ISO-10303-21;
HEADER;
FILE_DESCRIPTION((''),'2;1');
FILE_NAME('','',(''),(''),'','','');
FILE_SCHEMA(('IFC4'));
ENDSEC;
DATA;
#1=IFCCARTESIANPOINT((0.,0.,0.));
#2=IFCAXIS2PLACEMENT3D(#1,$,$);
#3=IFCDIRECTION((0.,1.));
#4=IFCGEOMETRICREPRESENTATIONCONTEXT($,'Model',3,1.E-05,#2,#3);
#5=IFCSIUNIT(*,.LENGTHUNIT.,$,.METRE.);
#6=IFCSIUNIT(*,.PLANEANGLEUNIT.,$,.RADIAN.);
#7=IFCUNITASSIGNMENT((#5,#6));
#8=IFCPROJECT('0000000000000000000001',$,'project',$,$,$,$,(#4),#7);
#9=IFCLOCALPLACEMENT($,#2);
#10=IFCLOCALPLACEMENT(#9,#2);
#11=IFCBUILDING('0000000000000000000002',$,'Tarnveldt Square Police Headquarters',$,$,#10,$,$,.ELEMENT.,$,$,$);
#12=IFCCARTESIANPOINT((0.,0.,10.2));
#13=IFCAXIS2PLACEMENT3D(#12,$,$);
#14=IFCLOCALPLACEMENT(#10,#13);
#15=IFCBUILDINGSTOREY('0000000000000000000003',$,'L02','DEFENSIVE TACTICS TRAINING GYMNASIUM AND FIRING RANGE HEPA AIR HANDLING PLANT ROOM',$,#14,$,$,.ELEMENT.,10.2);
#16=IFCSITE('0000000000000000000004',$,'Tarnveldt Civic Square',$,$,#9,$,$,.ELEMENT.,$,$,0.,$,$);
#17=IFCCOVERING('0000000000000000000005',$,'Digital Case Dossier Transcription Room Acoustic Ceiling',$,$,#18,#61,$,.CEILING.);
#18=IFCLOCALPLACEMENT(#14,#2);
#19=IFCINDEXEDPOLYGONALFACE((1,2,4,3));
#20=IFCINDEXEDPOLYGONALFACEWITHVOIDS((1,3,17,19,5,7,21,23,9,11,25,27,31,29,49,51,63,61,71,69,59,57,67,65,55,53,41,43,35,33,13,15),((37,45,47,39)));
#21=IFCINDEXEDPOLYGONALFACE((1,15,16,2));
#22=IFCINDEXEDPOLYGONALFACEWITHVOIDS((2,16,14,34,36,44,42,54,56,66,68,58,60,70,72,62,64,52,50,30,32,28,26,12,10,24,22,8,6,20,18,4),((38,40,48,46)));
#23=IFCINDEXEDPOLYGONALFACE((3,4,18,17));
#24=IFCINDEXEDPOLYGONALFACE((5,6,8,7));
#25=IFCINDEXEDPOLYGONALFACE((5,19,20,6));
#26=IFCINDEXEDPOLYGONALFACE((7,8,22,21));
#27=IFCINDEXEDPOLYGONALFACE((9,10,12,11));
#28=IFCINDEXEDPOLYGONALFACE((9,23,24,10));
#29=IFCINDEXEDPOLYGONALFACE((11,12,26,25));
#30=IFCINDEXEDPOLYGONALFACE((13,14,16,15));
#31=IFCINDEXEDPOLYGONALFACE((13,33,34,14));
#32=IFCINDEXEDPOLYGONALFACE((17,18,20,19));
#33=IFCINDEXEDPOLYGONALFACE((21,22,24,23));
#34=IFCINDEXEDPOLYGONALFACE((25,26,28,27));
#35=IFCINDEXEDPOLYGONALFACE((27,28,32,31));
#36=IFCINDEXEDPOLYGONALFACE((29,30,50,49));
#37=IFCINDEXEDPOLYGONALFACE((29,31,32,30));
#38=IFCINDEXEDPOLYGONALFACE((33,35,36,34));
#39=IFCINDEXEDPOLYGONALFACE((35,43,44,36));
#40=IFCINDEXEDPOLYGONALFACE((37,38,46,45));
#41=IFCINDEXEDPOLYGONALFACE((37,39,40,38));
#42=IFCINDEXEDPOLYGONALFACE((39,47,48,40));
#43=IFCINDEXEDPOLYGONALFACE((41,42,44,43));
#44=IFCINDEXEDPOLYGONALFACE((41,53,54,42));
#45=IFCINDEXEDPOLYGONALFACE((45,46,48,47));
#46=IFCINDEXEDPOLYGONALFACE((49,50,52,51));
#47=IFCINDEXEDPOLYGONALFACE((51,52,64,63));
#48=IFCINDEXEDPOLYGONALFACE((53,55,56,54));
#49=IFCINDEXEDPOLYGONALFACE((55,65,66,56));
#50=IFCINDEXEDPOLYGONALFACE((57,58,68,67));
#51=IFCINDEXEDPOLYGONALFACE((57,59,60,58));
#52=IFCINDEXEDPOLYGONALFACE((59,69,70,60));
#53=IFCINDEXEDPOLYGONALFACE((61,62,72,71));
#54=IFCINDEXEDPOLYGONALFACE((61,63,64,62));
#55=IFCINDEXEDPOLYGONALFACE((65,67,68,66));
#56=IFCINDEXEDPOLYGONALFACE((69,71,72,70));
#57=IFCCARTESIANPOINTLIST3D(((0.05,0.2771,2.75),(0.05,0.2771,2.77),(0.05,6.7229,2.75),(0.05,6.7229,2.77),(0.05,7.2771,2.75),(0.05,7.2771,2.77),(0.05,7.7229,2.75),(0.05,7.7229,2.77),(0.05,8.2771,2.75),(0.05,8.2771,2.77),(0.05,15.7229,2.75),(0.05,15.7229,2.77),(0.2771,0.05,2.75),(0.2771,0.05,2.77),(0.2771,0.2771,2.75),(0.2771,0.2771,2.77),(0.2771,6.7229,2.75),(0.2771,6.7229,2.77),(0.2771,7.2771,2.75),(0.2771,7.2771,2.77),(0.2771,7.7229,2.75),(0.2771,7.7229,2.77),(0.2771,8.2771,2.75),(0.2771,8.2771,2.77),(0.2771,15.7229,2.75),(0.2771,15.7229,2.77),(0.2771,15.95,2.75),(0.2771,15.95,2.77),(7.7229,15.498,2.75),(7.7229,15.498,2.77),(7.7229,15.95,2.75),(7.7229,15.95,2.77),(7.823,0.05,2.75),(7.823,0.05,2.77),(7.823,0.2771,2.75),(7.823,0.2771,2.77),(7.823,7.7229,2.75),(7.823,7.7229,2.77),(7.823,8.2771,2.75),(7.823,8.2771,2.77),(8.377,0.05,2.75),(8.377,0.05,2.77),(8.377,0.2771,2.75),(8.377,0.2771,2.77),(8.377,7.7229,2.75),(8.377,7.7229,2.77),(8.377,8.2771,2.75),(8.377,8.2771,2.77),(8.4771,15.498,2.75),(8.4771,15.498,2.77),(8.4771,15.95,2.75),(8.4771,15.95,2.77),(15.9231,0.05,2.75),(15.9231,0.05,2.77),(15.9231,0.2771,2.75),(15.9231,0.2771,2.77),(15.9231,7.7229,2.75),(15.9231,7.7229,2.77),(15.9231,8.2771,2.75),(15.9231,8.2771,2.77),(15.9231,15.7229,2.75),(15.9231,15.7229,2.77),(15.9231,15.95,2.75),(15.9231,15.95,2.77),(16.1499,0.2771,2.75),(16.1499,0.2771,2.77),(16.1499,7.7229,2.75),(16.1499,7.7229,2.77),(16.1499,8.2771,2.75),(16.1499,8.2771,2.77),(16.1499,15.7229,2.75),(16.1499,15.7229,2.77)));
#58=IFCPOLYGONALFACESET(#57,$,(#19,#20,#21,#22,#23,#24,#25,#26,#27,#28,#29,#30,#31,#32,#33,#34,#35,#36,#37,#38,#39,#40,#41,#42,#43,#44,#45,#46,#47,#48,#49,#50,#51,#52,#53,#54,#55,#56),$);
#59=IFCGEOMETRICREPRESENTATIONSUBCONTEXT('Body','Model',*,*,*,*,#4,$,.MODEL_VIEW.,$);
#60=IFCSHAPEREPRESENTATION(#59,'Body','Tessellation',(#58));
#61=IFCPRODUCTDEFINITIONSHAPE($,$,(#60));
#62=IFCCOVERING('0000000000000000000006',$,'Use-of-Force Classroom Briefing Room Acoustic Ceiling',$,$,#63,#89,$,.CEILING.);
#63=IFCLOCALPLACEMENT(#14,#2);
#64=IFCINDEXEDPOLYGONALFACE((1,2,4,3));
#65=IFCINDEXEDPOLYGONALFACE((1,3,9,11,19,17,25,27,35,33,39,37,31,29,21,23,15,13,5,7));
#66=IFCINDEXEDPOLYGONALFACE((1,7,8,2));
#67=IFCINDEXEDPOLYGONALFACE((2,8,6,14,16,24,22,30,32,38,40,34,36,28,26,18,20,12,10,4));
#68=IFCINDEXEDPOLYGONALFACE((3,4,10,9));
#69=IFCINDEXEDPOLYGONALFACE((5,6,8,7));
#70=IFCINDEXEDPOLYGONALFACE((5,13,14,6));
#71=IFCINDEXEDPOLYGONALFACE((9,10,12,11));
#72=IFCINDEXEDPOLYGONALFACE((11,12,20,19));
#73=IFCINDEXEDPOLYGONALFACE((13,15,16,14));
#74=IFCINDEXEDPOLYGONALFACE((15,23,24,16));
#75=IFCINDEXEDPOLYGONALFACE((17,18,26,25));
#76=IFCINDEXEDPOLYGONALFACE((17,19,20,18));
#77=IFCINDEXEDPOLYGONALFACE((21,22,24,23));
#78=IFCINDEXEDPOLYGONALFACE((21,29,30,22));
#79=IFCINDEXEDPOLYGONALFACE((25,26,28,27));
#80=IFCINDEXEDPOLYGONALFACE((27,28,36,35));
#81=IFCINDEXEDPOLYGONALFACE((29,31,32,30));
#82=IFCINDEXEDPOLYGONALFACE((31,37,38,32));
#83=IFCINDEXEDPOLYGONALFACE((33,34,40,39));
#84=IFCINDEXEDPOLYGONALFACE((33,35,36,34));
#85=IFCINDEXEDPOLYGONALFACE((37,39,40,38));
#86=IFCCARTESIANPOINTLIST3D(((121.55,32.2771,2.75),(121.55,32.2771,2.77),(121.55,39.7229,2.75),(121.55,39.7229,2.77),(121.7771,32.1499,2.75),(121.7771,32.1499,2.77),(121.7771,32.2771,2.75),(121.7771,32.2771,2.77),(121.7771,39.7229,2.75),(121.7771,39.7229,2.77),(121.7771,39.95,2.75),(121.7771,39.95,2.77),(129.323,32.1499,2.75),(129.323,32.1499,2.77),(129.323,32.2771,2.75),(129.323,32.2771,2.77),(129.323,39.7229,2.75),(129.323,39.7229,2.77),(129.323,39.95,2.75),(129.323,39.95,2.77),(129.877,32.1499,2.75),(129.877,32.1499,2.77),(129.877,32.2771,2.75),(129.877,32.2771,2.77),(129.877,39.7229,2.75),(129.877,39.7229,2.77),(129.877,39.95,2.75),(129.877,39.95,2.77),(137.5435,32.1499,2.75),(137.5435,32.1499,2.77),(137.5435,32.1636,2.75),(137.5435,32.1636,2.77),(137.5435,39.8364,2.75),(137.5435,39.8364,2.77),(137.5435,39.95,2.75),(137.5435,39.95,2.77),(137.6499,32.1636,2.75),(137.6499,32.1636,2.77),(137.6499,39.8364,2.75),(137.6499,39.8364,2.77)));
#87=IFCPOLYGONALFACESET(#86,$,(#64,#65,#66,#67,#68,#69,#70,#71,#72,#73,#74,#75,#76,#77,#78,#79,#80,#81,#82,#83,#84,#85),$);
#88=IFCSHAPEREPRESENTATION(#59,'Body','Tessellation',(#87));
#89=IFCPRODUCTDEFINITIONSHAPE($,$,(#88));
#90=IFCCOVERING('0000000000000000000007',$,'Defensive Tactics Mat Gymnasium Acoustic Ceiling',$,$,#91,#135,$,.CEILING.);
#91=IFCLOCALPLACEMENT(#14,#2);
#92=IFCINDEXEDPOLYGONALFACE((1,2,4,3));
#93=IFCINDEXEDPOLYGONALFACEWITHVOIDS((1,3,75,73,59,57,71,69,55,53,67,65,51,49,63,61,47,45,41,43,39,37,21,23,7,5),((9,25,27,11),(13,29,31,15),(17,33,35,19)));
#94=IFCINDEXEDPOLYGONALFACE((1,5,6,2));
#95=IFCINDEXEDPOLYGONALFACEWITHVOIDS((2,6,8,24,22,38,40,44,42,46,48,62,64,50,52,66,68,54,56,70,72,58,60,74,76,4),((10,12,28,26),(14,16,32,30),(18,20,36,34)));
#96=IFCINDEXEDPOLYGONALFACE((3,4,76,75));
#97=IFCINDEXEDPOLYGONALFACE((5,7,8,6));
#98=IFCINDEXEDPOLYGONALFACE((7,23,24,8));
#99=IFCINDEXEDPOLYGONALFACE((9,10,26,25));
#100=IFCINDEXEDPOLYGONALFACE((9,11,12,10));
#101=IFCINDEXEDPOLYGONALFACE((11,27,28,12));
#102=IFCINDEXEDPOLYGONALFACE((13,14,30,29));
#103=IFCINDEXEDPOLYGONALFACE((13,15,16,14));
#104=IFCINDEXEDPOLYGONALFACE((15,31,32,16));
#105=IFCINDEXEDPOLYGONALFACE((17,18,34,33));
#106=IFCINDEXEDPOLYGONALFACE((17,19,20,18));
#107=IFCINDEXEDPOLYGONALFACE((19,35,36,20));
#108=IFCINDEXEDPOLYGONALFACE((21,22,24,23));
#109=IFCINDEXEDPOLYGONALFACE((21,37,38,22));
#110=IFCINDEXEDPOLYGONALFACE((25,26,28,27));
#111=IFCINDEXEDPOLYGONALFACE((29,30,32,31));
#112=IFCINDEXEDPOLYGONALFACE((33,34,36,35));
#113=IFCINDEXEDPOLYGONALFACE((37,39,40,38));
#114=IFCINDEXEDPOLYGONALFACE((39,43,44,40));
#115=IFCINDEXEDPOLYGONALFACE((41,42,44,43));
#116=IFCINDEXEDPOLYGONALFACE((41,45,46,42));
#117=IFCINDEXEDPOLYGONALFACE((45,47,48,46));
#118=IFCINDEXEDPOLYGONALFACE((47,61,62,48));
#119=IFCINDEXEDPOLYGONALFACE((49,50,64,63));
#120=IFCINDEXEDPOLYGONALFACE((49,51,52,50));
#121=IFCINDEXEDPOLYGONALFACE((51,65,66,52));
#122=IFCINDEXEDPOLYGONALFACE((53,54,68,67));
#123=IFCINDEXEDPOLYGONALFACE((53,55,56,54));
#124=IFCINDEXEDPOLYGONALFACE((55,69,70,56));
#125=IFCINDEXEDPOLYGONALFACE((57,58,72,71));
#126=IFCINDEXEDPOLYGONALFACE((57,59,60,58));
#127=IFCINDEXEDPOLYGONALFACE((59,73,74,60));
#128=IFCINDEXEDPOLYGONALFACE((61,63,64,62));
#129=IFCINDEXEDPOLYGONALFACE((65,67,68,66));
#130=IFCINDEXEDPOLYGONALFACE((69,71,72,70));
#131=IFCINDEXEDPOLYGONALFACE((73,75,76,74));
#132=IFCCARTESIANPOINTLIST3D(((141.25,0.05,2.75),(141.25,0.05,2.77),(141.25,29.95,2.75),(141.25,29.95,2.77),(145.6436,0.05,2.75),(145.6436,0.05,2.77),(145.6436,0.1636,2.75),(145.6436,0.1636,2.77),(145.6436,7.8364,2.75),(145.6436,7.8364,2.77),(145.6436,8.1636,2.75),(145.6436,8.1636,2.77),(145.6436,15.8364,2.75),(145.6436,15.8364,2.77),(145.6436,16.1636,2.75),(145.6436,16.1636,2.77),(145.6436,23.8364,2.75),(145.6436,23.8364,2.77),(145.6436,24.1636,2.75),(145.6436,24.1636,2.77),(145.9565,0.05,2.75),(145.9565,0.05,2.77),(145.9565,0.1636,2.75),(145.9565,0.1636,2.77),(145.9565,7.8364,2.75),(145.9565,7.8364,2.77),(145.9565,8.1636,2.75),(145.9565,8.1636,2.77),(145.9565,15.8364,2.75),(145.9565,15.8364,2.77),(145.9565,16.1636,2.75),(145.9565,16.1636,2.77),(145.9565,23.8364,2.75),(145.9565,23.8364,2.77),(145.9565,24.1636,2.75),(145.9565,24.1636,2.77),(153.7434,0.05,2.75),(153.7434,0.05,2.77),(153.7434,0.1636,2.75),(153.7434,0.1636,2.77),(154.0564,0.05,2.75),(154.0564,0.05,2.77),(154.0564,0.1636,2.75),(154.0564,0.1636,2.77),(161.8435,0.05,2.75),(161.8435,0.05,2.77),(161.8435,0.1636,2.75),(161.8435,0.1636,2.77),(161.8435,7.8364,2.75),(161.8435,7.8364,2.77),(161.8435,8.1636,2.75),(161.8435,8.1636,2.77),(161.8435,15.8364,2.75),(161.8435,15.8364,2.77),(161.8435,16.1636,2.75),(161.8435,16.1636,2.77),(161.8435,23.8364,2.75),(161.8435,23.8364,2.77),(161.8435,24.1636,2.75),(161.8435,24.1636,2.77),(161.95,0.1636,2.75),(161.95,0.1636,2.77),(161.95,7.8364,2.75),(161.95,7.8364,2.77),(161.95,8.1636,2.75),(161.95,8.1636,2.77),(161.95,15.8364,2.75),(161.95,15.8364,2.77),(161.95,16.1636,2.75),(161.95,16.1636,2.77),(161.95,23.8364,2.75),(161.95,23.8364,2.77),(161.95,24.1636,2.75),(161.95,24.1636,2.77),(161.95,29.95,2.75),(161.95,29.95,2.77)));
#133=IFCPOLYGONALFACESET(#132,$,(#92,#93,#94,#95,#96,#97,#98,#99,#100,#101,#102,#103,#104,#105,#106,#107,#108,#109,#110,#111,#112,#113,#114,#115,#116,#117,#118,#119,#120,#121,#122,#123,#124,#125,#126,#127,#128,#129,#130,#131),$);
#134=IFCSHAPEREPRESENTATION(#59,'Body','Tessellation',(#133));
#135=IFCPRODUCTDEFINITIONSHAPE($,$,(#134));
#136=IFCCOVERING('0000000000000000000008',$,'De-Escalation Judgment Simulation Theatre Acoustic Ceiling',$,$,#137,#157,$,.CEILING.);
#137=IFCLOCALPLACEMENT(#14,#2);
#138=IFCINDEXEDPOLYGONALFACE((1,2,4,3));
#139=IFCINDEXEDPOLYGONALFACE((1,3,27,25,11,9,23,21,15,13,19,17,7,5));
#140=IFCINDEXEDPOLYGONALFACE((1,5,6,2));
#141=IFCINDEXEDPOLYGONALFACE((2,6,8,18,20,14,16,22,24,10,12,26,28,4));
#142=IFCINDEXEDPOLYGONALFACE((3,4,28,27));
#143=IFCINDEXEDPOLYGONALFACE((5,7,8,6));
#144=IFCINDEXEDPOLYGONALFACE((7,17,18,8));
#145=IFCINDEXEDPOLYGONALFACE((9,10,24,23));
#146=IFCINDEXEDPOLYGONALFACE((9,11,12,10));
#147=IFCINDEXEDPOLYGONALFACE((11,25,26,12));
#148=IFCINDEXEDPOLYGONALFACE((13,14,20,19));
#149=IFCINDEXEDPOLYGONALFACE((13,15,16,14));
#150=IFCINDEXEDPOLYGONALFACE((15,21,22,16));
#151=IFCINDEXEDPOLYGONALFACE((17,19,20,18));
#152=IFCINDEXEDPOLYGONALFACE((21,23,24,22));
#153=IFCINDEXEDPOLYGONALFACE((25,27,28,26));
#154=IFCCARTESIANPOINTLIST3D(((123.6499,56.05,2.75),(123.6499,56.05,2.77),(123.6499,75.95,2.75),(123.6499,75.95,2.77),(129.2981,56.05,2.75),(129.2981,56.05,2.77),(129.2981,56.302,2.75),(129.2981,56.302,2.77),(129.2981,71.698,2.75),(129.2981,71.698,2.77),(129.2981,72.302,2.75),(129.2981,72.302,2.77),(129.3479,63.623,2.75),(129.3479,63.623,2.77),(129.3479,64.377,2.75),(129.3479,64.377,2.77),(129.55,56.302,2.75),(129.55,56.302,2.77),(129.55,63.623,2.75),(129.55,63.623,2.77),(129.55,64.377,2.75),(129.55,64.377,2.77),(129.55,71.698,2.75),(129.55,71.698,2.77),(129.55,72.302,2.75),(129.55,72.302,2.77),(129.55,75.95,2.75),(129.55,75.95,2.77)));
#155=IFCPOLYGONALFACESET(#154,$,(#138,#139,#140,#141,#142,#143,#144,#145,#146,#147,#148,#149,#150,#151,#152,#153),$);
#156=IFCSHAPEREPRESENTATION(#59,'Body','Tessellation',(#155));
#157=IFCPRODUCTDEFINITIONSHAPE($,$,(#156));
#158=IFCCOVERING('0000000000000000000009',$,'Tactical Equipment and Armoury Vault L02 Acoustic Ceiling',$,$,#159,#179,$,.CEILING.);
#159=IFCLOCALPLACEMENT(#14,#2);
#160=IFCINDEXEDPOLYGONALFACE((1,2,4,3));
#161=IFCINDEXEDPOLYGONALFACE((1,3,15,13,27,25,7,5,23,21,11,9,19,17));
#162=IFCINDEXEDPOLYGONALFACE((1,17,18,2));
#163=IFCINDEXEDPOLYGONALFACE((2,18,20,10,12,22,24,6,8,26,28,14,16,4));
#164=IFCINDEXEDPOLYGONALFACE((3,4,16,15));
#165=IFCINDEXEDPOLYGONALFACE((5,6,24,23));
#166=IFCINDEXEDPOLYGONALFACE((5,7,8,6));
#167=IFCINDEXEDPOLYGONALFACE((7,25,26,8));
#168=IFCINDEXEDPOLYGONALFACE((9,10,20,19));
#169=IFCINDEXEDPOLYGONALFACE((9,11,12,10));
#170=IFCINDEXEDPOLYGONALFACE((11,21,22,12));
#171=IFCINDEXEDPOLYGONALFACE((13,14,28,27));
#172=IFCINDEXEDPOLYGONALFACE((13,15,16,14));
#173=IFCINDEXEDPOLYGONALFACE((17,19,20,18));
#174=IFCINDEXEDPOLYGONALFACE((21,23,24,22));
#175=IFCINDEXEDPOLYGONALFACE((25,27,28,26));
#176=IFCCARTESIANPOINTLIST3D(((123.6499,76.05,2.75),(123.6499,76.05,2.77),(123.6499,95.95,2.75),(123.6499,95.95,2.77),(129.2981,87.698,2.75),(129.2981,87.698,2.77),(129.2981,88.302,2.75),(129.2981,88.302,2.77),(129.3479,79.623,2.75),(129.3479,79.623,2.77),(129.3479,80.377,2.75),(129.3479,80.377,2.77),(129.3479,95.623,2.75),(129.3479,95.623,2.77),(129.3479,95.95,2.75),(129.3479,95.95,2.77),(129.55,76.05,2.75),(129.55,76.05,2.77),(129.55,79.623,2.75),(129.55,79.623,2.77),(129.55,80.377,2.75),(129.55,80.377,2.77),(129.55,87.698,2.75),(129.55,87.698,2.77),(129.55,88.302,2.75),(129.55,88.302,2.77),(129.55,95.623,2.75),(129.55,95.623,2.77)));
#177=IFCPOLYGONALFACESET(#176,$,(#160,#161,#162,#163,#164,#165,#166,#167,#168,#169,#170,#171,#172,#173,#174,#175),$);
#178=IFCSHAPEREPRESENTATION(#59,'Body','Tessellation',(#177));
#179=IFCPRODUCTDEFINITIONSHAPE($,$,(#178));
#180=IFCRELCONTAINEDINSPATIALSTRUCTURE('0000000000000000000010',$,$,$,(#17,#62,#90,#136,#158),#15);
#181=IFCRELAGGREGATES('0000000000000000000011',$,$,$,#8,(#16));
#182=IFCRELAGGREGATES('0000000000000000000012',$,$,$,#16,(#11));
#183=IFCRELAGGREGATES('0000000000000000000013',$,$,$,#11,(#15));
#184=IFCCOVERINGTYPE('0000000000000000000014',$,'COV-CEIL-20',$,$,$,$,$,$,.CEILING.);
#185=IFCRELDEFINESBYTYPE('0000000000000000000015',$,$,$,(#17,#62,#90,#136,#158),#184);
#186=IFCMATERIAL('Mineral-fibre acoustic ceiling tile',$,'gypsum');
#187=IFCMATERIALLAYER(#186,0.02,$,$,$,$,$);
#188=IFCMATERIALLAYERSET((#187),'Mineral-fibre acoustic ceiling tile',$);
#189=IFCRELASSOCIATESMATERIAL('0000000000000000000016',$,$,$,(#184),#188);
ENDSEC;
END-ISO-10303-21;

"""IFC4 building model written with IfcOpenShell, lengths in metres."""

from ifc_helpers import new_model, si_unit, direction, frame, origin, place, context, subcontext, project, spatial, polyline, outline, extrude, material, layer, layer_set, type_object, element, save


model = new_model("IFC4")

# Units and contexts
model_context = context("Model", 3, precision=1e-05, world=origin(), true_north=direction((0.0, 1.0)))
body_context = subcontext(model_context, "Body", "Model", "MODEL_VIEW")
ifc_project = project(units=[si_unit("LENGTHUNIT", "METRE"), si_unit("PLANEANGLEUNIT", "RADIAN")], contexts=[model_context])

# Site, building, storey
site_placement = place(None, origin())
site = spatial("IfcSite", under=ifc_project, at=site_placement, Name="Tarnveldt Civic Square", CompositionType="ELEMENT", RefElevation=0.0)
building_placement = place(site_placement, origin())
building = spatial("IfcBuilding", under=site, at=building_placement, Name="Tarnveldt Square Police Headquarters", CompositionType="ELEMENT")
storey_placement = place(building_placement, frame((0.0, 0.0, 10.2)))
storey = spatial("IfcBuildingStorey", under=building, at=storey_placement, Name="L02", Description="DEFENSIVE TACTICS TRAINING GYMNASIUM AND FIRING RANGE HEPA AIR HANDLING PLANT ROOM", CompositionType="ELEMENT", Elevation=10.2)

# Coverings
ifc_material_1 = material(Name="Mineral-fibre acoustic ceiling tile", Category="gypsum")
ifc_layer_1 = layer(ifc_material_1, 0.02)
ifc_layer_set_1 = layer_set([ifc_layer_1], Name="Mineral-fibre acoustic ceiling tile")
covering_type_1 = type_object("IfcCoveringType", Name="COV-CEIL-20", PredefinedType="CEILING", material=ifc_layer_set_1)
covering_1_placement = place(storey_placement, frame((0.0, 0.0, 2.75)))
element("IfcCovering", 1, at=covering_1_placement, inside=storey, type_object=covering_type_1, Name="Digital Case Dossier Transcription Room Acoustic Ceiling", PredefinedType="CEILING", context=body_context, shape_type="SweptSolid", body=[
    extrude(outline(polyline([(16.1499, 0.2771), (15.9231, 0.2771), (15.9231, 0.05), (8.377, 0.05), (8.377, 0.2771), (7.823, 0.2771), (7.823, 0.05), (0.2771, 0.05), (0.2771, 0.2771), (0.05, 0.2771), (0.05, 6.7229), (0.2771, 6.7229), (0.2771, 7.2771), (0.05, 7.2771), (0.05, 7.7229), (0.2771, 7.7229), (0.2771, 8.2771), (0.05, 8.2771), (0.05, 15.7229), (0.2771, 15.7229), (0.2771, 15.95), (7.7229, 15.95), (7.7229, 15.498), (8.4771, 15.498), (8.4771, 15.95), (15.9231, 15.95), (15.9231, 15.7229), (16.1499, 15.7229), (16.1499, 8.2771), (15.9231, 8.2771), (15.9231, 7.7229), (16.1499, 7.7229), (16.1499, 0.2771)]), holes=[polyline([(7.823, 8.2771), (7.823, 7.7229), (8.377, 7.7229), (8.377, 8.2771), (7.823, 8.2771)])]), origin(), (0.0, 0.0, 1.0), 0.02),
])
covering_2_placement = place(storey_placement, frame((0.0, 0.0, 2.75)))
element("IfcCovering", 2, at=covering_2_placement, inside=storey, type_object=covering_type_1, Name="Use-of-Force Classroom Briefing Room Acoustic Ceiling", PredefinedType="CEILING", context=body_context, shape_type="SweptSolid", body=[
    extrude(outline(polyline([(137.6499, 32.1636), (137.5435, 32.1636), (137.5435, 32.1499), (129.877, 32.1499), (129.877, 32.2771), (129.323, 32.2771), (129.323, 32.1499), (121.7771, 32.1499), (121.7771, 32.2771), (121.55, 32.2771), (121.55, 39.7229), (121.7771, 39.7229), (121.7771, 39.95), (129.323, 39.95), (129.323, 39.7229), (129.877, 39.7229), (129.877, 39.95), (137.5435, 39.95), (137.5435, 39.8364), (137.6499, 39.8364), (137.6499, 32.1636)])), origin(), (0.0, 0.0, 1.0), 0.02),
])
covering_3_placement = place(storey_placement, frame((0.0, 0.0, 2.75)))
element("IfcCovering", 3, at=covering_3_placement, inside=storey, type_object=covering_type_1, Name="Defensive Tactics Mat Gymnasium Acoustic Ceiling", PredefinedType="CEILING", context=body_context, shape_type="SweptSolid", body=[
    extrude(outline(polyline([(161.95, 0.1636), (161.8435, 0.1636), (161.8435, 0.05), (154.0564, 0.05), (154.0564, 0.1636), (153.7434, 0.1636), (153.7434, 0.05), (145.9565, 0.05), (145.9565, 0.1636), (145.6436, 0.1636), (145.6436, 0.05), (141.25, 0.05), (141.25, 29.95), (161.95, 29.95), (161.95, 24.1636), (161.8435, 24.1636), (161.8435, 23.8364), (161.95, 23.8364), (161.95, 16.1636), (161.8435, 16.1636), (161.8435, 15.8364), (161.95, 15.8364), (161.95, 8.1636), (161.8435, 8.1636), (161.8435, 7.8364), (161.95, 7.8364), (161.95, 0.1636)]), holes=[polyline([(145.9565, 8.1636), (145.6436, 8.1636), (145.6436, 7.8364), (145.9565, 7.8364), (145.9565, 8.1636)]), polyline([(145.9565, 16.1636), (145.6436, 16.1636), (145.6436, 15.8364), (145.9565, 15.8364), (145.9565, 16.1636)]), polyline([(145.9565, 24.1636), (145.6436, 24.1636), (145.6436, 23.8364), (145.9565, 23.8364), (145.9565, 24.1636)])]), origin(), (0.0, 0.0, 1.0), 0.02),
])
covering_4_placement = place(storey_placement, frame((0.0, 0.0, 2.75)))
element("IfcCovering", 4, at=covering_4_placement, inside=storey, type_object=covering_type_1, Name="De-Escalation Judgment Simulation Theatre Acoustic Ceiling", PredefinedType="CEILING", context=body_context, shape_type="SweptSolid", body=[
    extrude(outline(polyline([(129.55, 56.302), (129.2981, 56.302), (129.2981, 56.05), (123.6499, 56.05), (123.6499, 75.95), (129.55, 75.95), (129.55, 72.302), (129.2981, 72.302), (129.2981, 71.698), (129.55, 71.698), (129.55, 64.377), (129.3479, 64.377), (129.3479, 63.623), (129.55, 63.623), (129.55, 56.302)])), origin(), (0.0, 0.0, 1.0), 0.02),
])
covering_5_placement = place(storey_placement, frame((0.0, 0.0, 2.75)))
element("IfcCovering", 5, at=covering_5_placement, inside=storey, type_object=covering_type_1, Name="Tactical Equipment and Armoury Vault L02 Acoustic Ceiling", PredefinedType="CEILING", context=body_context, shape_type="SweptSolid", body=[
    extrude(outline(polyline([(129.55, 76.05), (123.6499, 76.05), (123.6499, 95.95), (129.3479, 95.95), (129.3479, 95.623), (129.55, 95.623), (129.55, 88.302), (129.2981, 88.302), (129.2981, 87.698), (129.55, 87.698), (129.55, 80.377), (129.3479, 80.377), (129.3479, 79.623), (129.55, 79.623), (129.55, 76.05)])), origin(), (0.0, 0.0, 1.0), 0.02),
])

save(model, "model.ifc")
